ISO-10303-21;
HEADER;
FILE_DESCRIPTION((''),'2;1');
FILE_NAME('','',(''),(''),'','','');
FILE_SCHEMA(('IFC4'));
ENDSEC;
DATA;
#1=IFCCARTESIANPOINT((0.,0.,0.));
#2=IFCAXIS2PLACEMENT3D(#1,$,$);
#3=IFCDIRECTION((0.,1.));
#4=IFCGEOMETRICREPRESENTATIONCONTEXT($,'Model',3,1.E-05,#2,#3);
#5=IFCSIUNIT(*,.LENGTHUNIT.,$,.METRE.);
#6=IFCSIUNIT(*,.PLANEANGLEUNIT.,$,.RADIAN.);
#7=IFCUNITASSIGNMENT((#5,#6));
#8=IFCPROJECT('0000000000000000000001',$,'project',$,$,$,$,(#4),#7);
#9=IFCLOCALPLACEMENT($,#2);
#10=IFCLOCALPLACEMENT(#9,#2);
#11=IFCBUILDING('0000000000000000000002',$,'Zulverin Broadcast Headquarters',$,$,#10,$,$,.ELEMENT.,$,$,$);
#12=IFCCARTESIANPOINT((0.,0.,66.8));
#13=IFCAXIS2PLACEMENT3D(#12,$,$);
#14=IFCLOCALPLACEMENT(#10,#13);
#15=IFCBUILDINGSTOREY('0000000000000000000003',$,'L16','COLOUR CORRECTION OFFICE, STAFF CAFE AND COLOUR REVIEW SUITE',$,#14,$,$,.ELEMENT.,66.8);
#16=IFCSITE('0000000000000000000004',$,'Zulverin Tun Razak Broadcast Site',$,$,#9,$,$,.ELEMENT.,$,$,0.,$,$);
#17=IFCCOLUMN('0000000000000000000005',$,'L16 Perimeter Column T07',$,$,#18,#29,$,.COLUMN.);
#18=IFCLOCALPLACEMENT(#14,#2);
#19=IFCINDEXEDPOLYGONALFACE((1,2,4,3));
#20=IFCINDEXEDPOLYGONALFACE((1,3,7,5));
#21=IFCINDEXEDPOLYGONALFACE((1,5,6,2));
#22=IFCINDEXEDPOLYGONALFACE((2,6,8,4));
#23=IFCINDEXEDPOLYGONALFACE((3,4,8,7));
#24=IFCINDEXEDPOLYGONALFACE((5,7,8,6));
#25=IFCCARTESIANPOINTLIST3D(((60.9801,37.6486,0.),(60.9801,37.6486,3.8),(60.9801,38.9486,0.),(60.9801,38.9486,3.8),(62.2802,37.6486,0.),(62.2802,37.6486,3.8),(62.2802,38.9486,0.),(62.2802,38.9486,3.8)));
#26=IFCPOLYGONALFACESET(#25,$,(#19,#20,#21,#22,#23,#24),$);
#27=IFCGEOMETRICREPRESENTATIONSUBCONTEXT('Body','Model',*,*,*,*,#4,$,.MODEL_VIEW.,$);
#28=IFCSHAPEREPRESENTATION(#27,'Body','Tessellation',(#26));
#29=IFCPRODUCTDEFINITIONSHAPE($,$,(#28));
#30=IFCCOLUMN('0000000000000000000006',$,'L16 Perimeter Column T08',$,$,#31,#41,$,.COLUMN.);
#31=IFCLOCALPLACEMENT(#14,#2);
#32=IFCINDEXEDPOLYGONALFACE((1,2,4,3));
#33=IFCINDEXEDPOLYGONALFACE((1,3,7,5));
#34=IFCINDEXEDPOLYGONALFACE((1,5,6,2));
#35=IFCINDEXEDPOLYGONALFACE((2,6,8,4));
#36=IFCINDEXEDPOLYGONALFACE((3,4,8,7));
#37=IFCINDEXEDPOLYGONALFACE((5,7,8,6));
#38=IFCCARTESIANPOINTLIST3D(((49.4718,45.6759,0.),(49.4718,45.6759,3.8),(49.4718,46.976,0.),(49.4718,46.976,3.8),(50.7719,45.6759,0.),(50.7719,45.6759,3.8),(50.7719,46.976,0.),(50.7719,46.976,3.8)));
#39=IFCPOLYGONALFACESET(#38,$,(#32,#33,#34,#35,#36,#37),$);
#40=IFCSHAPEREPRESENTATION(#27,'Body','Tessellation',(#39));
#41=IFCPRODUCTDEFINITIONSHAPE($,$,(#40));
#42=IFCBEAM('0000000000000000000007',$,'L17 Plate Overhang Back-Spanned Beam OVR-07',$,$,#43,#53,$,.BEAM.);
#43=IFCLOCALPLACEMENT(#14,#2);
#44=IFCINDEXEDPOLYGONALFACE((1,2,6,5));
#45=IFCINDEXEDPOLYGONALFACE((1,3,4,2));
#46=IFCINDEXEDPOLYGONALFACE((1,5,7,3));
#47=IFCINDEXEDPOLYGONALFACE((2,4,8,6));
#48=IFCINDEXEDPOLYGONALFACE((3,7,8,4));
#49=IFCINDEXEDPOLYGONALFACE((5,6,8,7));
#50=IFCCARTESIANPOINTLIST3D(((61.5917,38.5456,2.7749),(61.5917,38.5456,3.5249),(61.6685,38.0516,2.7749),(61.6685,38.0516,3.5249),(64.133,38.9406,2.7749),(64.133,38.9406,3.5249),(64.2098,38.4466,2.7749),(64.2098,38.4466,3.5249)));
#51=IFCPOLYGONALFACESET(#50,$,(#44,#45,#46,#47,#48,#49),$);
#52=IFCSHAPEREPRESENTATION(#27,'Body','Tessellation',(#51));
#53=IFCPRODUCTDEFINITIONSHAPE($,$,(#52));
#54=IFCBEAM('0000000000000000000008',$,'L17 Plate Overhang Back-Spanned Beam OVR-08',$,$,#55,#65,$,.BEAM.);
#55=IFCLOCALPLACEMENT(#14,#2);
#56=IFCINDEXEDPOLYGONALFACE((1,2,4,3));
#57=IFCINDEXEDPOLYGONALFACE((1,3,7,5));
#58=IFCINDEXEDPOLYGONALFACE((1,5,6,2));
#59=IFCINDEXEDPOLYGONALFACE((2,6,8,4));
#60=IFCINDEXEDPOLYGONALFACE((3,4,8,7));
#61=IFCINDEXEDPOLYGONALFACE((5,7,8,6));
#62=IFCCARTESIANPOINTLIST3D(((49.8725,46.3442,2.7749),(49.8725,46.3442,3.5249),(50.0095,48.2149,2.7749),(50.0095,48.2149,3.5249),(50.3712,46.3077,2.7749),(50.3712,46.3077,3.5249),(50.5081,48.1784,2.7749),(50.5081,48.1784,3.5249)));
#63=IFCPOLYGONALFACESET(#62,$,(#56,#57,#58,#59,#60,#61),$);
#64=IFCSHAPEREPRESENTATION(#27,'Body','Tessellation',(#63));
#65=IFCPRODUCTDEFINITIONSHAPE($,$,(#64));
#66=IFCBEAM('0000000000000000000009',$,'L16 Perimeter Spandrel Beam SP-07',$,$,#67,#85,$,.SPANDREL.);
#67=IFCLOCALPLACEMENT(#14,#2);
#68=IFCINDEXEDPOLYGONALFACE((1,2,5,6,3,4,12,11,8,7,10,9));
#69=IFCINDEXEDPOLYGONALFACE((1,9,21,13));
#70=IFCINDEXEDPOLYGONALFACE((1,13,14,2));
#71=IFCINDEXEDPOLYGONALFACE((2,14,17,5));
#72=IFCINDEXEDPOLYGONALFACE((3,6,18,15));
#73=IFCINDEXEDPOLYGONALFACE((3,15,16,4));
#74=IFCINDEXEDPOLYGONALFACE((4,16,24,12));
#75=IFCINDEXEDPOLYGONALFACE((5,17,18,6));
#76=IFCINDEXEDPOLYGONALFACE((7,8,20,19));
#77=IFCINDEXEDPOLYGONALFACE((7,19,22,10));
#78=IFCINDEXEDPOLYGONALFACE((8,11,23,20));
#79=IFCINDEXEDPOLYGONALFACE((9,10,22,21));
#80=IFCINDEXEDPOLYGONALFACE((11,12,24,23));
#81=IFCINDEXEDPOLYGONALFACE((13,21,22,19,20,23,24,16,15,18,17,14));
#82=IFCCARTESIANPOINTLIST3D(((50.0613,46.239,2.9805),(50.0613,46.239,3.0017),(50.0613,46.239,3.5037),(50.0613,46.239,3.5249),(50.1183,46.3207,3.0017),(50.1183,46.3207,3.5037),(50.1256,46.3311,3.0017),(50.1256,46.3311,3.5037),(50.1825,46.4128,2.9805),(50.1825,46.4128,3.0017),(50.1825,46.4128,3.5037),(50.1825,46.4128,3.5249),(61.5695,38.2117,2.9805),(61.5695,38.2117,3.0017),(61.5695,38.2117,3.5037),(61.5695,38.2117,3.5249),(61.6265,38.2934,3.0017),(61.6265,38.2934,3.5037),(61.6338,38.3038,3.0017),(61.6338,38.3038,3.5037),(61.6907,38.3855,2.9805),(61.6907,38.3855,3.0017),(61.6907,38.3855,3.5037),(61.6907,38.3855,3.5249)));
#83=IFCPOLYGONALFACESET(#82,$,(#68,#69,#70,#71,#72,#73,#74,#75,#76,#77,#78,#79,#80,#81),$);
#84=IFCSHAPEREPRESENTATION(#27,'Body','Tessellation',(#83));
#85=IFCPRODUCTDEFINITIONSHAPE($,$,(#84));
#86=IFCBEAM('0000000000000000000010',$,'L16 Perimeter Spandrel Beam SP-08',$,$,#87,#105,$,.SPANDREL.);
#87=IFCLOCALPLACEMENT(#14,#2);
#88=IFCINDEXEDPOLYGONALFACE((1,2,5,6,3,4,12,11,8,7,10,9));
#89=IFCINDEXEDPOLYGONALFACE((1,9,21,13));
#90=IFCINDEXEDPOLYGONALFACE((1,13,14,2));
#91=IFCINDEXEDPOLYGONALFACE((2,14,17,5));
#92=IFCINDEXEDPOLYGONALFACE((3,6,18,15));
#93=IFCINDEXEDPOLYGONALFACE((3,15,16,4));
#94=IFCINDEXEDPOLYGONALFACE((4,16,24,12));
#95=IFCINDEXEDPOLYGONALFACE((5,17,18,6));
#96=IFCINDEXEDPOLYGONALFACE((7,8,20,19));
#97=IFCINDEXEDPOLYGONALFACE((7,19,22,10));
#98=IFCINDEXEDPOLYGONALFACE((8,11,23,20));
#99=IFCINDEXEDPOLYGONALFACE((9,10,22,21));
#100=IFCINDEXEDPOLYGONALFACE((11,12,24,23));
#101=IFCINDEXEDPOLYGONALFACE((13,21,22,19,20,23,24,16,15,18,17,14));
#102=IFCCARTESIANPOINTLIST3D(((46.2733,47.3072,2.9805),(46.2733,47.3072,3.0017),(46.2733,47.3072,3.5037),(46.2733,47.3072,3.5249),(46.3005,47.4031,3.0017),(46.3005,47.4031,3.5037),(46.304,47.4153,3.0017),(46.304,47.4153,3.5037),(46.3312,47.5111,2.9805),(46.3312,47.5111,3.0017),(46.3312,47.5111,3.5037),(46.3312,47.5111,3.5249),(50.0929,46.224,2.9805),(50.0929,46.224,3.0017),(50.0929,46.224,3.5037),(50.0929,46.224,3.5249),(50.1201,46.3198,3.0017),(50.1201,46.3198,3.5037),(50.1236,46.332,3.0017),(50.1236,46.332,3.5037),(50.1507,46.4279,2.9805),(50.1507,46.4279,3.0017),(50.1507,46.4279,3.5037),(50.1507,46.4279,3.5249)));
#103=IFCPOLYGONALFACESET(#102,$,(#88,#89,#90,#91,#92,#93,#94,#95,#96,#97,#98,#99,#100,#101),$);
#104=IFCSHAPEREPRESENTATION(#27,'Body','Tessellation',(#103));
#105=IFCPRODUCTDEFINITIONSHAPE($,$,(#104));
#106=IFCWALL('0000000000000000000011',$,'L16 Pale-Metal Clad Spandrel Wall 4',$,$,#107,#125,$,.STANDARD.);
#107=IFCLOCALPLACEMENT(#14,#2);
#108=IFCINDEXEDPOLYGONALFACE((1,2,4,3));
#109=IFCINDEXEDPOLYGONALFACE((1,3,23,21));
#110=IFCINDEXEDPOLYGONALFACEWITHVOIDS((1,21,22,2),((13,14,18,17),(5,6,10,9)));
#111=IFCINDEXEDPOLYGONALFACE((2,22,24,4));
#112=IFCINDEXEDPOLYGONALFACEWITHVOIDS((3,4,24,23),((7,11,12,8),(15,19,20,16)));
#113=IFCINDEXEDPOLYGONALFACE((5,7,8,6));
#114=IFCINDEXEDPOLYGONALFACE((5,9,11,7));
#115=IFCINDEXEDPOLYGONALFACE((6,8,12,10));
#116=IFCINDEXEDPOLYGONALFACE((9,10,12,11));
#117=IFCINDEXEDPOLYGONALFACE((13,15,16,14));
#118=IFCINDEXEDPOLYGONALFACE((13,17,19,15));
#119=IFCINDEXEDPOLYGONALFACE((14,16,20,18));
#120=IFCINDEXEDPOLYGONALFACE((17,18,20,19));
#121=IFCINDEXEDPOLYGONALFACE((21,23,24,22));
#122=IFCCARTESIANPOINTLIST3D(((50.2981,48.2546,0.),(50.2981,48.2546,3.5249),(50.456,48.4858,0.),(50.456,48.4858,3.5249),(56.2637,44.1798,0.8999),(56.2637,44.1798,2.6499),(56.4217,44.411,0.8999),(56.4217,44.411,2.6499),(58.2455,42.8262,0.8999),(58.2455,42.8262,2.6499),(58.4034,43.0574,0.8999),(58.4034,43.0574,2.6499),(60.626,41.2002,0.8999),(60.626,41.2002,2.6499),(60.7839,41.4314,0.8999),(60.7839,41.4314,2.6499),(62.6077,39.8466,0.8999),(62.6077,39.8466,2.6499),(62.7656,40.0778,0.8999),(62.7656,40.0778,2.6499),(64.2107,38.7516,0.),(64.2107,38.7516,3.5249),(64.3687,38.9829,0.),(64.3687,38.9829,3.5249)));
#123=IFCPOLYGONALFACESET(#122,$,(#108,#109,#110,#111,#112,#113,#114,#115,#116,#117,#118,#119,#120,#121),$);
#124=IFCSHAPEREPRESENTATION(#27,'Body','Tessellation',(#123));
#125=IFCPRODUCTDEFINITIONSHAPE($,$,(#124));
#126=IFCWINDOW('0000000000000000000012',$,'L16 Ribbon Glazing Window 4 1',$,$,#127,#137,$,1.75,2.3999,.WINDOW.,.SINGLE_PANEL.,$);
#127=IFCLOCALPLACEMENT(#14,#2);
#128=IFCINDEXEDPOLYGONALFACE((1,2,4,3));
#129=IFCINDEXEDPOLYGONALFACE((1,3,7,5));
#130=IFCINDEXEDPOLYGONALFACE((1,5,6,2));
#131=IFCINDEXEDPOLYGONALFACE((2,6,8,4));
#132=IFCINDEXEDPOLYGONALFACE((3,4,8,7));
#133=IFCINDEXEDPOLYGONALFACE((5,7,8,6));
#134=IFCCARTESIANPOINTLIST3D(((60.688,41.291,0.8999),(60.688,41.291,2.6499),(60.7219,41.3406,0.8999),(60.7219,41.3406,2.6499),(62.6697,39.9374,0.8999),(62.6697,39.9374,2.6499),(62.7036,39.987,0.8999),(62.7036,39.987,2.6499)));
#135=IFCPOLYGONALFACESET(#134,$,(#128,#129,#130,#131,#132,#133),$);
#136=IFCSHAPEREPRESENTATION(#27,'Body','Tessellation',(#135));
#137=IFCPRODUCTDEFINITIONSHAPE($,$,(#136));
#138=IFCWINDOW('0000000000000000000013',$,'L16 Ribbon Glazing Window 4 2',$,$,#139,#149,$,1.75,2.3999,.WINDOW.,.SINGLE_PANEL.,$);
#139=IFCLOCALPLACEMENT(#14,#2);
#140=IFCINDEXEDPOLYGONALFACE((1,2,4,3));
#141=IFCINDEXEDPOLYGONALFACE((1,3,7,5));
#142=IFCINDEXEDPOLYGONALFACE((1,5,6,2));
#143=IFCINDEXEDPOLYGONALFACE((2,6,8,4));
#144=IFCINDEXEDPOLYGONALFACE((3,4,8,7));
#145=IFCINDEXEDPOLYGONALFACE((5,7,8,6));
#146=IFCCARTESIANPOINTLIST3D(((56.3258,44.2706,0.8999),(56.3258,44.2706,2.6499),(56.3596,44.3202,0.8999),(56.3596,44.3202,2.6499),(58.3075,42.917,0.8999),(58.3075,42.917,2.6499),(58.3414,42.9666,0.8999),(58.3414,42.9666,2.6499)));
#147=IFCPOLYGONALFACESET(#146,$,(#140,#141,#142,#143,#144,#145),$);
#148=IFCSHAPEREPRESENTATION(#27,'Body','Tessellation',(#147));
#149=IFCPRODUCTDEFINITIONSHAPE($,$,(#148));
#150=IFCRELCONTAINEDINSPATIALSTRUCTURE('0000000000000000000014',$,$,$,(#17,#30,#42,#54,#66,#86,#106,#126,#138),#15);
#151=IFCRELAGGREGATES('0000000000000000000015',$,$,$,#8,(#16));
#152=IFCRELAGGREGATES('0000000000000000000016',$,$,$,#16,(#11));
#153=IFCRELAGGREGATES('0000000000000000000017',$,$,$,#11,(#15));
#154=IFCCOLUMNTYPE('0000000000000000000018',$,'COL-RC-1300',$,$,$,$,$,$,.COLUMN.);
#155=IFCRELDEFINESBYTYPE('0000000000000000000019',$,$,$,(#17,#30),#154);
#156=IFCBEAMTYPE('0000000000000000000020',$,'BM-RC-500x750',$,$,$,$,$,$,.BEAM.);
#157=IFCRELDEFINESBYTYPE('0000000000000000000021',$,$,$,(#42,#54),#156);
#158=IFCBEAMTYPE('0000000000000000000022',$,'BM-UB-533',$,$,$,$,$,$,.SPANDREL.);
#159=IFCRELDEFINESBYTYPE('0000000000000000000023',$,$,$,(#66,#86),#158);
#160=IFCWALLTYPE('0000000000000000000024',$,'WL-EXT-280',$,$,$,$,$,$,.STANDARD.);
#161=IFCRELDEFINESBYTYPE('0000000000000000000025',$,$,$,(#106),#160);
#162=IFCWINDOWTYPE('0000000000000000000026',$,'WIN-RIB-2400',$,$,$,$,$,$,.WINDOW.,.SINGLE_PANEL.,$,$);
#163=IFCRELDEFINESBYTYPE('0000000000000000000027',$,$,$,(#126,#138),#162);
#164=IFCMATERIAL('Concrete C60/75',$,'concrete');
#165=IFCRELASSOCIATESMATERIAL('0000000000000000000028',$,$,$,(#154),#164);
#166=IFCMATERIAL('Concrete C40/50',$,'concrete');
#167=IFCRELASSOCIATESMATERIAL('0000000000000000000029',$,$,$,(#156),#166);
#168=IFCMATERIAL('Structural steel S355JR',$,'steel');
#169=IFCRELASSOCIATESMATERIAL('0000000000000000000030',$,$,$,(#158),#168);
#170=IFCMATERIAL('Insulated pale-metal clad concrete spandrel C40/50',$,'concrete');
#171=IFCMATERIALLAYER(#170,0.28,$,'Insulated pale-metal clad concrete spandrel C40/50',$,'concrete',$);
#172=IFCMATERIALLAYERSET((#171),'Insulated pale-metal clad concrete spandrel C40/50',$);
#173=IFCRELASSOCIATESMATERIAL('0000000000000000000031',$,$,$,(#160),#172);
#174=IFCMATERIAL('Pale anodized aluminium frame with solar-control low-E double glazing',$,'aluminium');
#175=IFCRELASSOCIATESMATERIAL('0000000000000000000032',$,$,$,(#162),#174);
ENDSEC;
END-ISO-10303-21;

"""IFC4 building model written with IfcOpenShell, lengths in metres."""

from ifc_helpers import new_model, si_unit, direction, frame, frame_2d, origin, origin_2d, place, context, subcontext, project, spatial, rectangle, i_section, extrude, material, layer, layer_set, material_profile, profile_set, type_object, element, fill, save


model = new_model("IFC4")

# Units and contexts
model_context = context("Model", 3, precision=1e-05, world=origin(), true_north=direction((0.0, 1.0)))
body_context = subcontext(model_context, "Body", "Model", "MODEL_VIEW")
ifc_project = project(units=[si_unit("LENGTHUNIT", "METRE"), si_unit("PLANEANGLEUNIT", "RADIAN")], contexts=[model_context])

# Site, building, storey
site_placement = place(None, origin())
site = spatial("IfcSite", under=ifc_project, at=site_placement, Name="Zulverin Tun Razak Broadcast Site", CompositionType="ELEMENT", RefElevation=0.0)
building_placement = place(site_placement, origin())
building = spatial("IfcBuilding", under=site, at=building_placement, Name="Zulverin Broadcast Headquarters", CompositionType="ELEMENT")
storey_placement = place(building_placement, frame((0.0, 0.0, 66.8)))
storey = spatial("IfcBuildingStorey", under=building, at=storey_placement, Name="L16", Description="COLOUR CORRECTION OFFICE, STAFF CAFE AND COLOUR REVIEW SUITE", CompositionType="ELEMENT", Elevation=66.8)

# Columns
ifc_material_1 = material(Name="Concrete C60/75", Category="concrete")
ifc_material_profile_1 = material_profile(ifc_material_1, rectangle(XDim=1.3, YDim=1.3, at=origin_2d()), Name="Concrete C60/75", Category="concrete")
ifc_profile_set_1 = profile_set([ifc_material_profile_1], Name="Concrete C60/75")
column_type = type_object("IfcColumnType", Name="COL-RC-1300", PredefinedType="COLUMN", material=ifc_profile_set_1)
for number, where, z_axis, x_axis, name in (
    (1, (61.6301, 38.2986, 0.0), (0.0, 0.0, 1.0), (1.0, 0.0, 0.0), "L16 Perimeter Column T07"),
    (2, (50.1218, 46.3259, 0.0), (0.0, 0.0, 1.0), (1.0, 0.0, 0.0), "L16 Perimeter Column T08"),
):
    element("IfcColumn", number, at=place(storey_placement, frame(where, z_axis=z_axis, x_axis=x_axis)), inside=storey, type_object=column_type, Name=name, PredefinedType="COLUMN", context=body_context, shape_type="SweptSolid", body=[
        extrude(rectangle(XDim=1.3, YDim=1.3, at=origin_2d()), origin(), (0.0, 0.0, 1.0), 3.8),
    ])

# Beams
ifc_material_2 = material(Name="Concrete C40/50", Category="concrete")
ifc_material_profile_2 = material_profile(ifc_material_2, rectangle(XDim=0.5, YDim=0.75, at=origin_2d()), Name="Concrete C40/50", Category="concrete")
ifc_profile_set_2 = profile_set([ifc_material_profile_2], Name="Concrete C40/50")
beam_type_1 = type_object("IfcBeamType", Name="BM-RC-500x750", PredefinedType="BEAM", material=ifc_profile_set_2)
beam_1_placement = place(storey_placement, frame((61.6301, 38.2986, 3.1499), z_axis=(0.988133, 0.153598, 0.0), x_axis=(-0.153598, 0.988133, 0.0)))
element("IfcBeam", 3, at=beam_1_placement, inside=storey, type_object=beam_type_1, Name="L17 Plate Overhang Back-Spanned Beam OVR-07", PredefinedType="BEAM", context=body_context, shape_type="SweptSolid", body=[
    extrude(rectangle(XDim=0.5, YDim=0.75, at=origin_2d()), origin(), (0.0, 0.0, 1.0), 2.5718),
])
beam_2_placement = place(storey_placement, frame((50.1218, 46.3259, 3.1499), z_axis=(0.073023, 0.99733, 0.0), x_axis=(-0.99733, 0.073023, 0.0)))
element("IfcBeam", 4, at=beam_2_placement, inside=storey, type_object=beam_type_1, Name="L17 Plate Overhang Back-Spanned Beam OVR-08", PredefinedType="BEAM", context=body_context, shape_type="SweptSolid", body=[
    extrude(rectangle(XDim=0.5, YDim=0.75, at=origin_2d()), origin(), (0.0, 0.0, 1.0), 1.8757),
])
ifc_material_3 = material(Name="Structural steel S355JR", Category="steel")
ifc_material_profile_3 = material_profile(ifc_material_3, i_section(OverallWidth=0.2119, OverallDepth=0.5444, WebThickness=0.0127, FlangeThickness=0.0212, at=origin_2d()), Name="Structural steel S355JR", Category="steel")
ifc_profile_set_3 = profile_set([ifc_material_profile_3], Name="Structural steel S355JR")
beam_type_2 = type_object("IfcBeamType", Name="BM-UB-533", PredefinedType="SPANDREL", material=ifc_profile_set_3)
beam_3_placement = place(storey_placement, frame((61.6301, 38.2986, 3.2527), z_axis=(-0.820184, 0.5721, 0.0), x_axis=(-0.5721, -0.820184, 0.0)))
element("IfcBeam", 5, at=beam_3_placement, inside=storey, type_object=beam_type_2, Name="L16 Perimeter Spandrel Beam SP-07", PredefinedType="SPANDREL", context=body_context, shape_type="SweptSolid", body=[
    extrude(i_section(OverallWidth=0.2119, OverallDepth=0.5444, WebThickness=0.0127, FlangeThickness=0.0212, at=origin_2d()), origin(), (0.0, 0.0, 1.0), 14.0312),
])
beam_4_placement = place(storey_placement, frame((50.1218, 46.3259, 3.2527), z_axis=(-0.962058, 0.272844, 0.0), x_axis=(-0.272844, -0.962058, 0.0)))
element("IfcBeam", 6, at=beam_4_placement, inside=storey, type_object=beam_type_2, Name="L16 Perimeter Spandrel Beam SP-08", PredefinedType="SPANDREL", context=body_context, shape_type="SweptSolid", body=[
    extrude(i_section(OverallWidth=0.2119, OverallDepth=0.5444, WebThickness=0.0127, FlangeThickness=0.0212, at=origin_2d()), origin(), (0.0, 0.0, 1.0), 3.9702),
])

# Wall, openings, windows
ifc_material_4 = material(Name="Insulated pale-metal clad concrete spandrel C40/50", Category="concrete")
ifc_layer_1 = layer(ifc_material_4, 0.28, Name="Insulated pale-metal clad concrete spandrel C40/50", Category="concrete")
ifc_layer_set_1 = layer_set([ifc_layer_1], Name="Insulated pale-metal clad concrete spandrel C40/50")
wall_type = type_object("IfcWallType", Name="WL-EXT-280", PredefinedType="STANDARD", material=ifc_layer_set_1)
wall_1_placement = place(storey_placement, frame((64.2898, 38.8672, 0.0), z_axis=(0.0, 0.0, 1.0), x_axis=(-0.825756, 0.564028, 0.0)))
wall_1 = element("IfcWall", 7, at=wall_1_placement, inside=storey, type_object=wall_type, Name="L16 Pale-Metal Clad Spandrel Wall 4", PredefinedType="STANDARD", context=body_context, shape_type="SweptSolid", body=[
    extrude(rectangle(XDim=16.8484, YDim=0.28, at=frame_2d((8.4243, 0.0))), origin(), (0.0, 0.0, 1.0), 3.5249),
])
opening_1_placement = place(wall_1_placement, frame((1.9414, 0.0, 0.8999)))
opening_1 = element("IfcOpeningElement", 8, at=opening_1_placement, cuts=wall_1, PredefinedType="OPENING", context=body_context, shape_type="SweptSolid", body=[
    extrude(rectangle(XDim=2.3999, YDim=1.75, at=frame_2d((1.2, 0.875))), frame((0.0, 0.1499, 0.0), z_axis=(0.0, -1.0, 0.0), x_axis=(1.0, 0.0, 0.0)), (0.0, 0.0, 1.0), 0.3),
])
opening_2_placement = place(wall_1_placement, frame((7.2241, 0.0, 0.8999)))
opening_2 = element("IfcOpeningElement", 9, at=opening_2_placement, cuts=wall_1, PredefinedType="OPENING", context=body_context, shape_type="SweptSolid", body=[
    extrude(rectangle(XDim=2.3999, YDim=1.75, at=frame_2d((1.2, 0.875))), frame((0.0, 0.1499, 0.0), z_axis=(0.0, -1.0, 0.0), x_axis=(1.0, 0.0, 0.0)), (0.0, 0.0, 1.0), 0.3),
])
ifc_material_5 = material(Name="Pale anodized aluminium frame with solar-control low-E double glazing", Category="aluminium")
window_type = type_object("IfcWindowType", Name="WIN-RIB-2400", PartitioningType="SINGLE_PANEL", PredefinedType="WINDOW", material=ifc_material_5)
window_1_placement = place(opening_1_placement, origin())
window_1 = element("IfcWindow", 10, at=window_1_placement, inside=storey, type_object=window_type, Name="L16 Ribbon Glazing Window 4 1", OverallHeight=1.75, OverallWidth=2.3999, PartitioningType="SINGLE_PANEL", PredefinedType="WINDOW", context=body_context, shape_type="SweptSolid", body=[
    extrude(rectangle(XDim=2.3999, YDim=1.75, at=frame_2d((1.2, 0.875))), frame((0.0, 0.03, 0.0), z_axis=(0.0, -1.0, 0.0), x_axis=(1.0, 0.0, 0.0)), (0.0, 0.0, 1.0), 0.0601),
])
fill(opening_1, window_1)
window_2_placement = place(opening_2_placement, origin())
window_2 = element("IfcWindow", 11, at=window_2_placement, inside=storey, type_object=window_type, Name="L16 Ribbon Glazing Window 4 2", OverallHeight=1.75, OverallWidth=2.3999, PartitioningType="SINGLE_PANEL", PredefinedType="WINDOW", context=body_context, shape_type="SweptSolid", body=[
    extrude(rectangle(XDim=2.3999, YDim=1.75, at=frame_2d((1.2, 0.875))), frame((0.0, 0.03, 0.0), z_axis=(0.0, -1.0, 0.0), x_axis=(1.0, 0.0, 0.0)), (0.0, 0.0, 1.0), 0.0601),
])
fill(opening_2, window_2)

save(model, "model.ifc")
